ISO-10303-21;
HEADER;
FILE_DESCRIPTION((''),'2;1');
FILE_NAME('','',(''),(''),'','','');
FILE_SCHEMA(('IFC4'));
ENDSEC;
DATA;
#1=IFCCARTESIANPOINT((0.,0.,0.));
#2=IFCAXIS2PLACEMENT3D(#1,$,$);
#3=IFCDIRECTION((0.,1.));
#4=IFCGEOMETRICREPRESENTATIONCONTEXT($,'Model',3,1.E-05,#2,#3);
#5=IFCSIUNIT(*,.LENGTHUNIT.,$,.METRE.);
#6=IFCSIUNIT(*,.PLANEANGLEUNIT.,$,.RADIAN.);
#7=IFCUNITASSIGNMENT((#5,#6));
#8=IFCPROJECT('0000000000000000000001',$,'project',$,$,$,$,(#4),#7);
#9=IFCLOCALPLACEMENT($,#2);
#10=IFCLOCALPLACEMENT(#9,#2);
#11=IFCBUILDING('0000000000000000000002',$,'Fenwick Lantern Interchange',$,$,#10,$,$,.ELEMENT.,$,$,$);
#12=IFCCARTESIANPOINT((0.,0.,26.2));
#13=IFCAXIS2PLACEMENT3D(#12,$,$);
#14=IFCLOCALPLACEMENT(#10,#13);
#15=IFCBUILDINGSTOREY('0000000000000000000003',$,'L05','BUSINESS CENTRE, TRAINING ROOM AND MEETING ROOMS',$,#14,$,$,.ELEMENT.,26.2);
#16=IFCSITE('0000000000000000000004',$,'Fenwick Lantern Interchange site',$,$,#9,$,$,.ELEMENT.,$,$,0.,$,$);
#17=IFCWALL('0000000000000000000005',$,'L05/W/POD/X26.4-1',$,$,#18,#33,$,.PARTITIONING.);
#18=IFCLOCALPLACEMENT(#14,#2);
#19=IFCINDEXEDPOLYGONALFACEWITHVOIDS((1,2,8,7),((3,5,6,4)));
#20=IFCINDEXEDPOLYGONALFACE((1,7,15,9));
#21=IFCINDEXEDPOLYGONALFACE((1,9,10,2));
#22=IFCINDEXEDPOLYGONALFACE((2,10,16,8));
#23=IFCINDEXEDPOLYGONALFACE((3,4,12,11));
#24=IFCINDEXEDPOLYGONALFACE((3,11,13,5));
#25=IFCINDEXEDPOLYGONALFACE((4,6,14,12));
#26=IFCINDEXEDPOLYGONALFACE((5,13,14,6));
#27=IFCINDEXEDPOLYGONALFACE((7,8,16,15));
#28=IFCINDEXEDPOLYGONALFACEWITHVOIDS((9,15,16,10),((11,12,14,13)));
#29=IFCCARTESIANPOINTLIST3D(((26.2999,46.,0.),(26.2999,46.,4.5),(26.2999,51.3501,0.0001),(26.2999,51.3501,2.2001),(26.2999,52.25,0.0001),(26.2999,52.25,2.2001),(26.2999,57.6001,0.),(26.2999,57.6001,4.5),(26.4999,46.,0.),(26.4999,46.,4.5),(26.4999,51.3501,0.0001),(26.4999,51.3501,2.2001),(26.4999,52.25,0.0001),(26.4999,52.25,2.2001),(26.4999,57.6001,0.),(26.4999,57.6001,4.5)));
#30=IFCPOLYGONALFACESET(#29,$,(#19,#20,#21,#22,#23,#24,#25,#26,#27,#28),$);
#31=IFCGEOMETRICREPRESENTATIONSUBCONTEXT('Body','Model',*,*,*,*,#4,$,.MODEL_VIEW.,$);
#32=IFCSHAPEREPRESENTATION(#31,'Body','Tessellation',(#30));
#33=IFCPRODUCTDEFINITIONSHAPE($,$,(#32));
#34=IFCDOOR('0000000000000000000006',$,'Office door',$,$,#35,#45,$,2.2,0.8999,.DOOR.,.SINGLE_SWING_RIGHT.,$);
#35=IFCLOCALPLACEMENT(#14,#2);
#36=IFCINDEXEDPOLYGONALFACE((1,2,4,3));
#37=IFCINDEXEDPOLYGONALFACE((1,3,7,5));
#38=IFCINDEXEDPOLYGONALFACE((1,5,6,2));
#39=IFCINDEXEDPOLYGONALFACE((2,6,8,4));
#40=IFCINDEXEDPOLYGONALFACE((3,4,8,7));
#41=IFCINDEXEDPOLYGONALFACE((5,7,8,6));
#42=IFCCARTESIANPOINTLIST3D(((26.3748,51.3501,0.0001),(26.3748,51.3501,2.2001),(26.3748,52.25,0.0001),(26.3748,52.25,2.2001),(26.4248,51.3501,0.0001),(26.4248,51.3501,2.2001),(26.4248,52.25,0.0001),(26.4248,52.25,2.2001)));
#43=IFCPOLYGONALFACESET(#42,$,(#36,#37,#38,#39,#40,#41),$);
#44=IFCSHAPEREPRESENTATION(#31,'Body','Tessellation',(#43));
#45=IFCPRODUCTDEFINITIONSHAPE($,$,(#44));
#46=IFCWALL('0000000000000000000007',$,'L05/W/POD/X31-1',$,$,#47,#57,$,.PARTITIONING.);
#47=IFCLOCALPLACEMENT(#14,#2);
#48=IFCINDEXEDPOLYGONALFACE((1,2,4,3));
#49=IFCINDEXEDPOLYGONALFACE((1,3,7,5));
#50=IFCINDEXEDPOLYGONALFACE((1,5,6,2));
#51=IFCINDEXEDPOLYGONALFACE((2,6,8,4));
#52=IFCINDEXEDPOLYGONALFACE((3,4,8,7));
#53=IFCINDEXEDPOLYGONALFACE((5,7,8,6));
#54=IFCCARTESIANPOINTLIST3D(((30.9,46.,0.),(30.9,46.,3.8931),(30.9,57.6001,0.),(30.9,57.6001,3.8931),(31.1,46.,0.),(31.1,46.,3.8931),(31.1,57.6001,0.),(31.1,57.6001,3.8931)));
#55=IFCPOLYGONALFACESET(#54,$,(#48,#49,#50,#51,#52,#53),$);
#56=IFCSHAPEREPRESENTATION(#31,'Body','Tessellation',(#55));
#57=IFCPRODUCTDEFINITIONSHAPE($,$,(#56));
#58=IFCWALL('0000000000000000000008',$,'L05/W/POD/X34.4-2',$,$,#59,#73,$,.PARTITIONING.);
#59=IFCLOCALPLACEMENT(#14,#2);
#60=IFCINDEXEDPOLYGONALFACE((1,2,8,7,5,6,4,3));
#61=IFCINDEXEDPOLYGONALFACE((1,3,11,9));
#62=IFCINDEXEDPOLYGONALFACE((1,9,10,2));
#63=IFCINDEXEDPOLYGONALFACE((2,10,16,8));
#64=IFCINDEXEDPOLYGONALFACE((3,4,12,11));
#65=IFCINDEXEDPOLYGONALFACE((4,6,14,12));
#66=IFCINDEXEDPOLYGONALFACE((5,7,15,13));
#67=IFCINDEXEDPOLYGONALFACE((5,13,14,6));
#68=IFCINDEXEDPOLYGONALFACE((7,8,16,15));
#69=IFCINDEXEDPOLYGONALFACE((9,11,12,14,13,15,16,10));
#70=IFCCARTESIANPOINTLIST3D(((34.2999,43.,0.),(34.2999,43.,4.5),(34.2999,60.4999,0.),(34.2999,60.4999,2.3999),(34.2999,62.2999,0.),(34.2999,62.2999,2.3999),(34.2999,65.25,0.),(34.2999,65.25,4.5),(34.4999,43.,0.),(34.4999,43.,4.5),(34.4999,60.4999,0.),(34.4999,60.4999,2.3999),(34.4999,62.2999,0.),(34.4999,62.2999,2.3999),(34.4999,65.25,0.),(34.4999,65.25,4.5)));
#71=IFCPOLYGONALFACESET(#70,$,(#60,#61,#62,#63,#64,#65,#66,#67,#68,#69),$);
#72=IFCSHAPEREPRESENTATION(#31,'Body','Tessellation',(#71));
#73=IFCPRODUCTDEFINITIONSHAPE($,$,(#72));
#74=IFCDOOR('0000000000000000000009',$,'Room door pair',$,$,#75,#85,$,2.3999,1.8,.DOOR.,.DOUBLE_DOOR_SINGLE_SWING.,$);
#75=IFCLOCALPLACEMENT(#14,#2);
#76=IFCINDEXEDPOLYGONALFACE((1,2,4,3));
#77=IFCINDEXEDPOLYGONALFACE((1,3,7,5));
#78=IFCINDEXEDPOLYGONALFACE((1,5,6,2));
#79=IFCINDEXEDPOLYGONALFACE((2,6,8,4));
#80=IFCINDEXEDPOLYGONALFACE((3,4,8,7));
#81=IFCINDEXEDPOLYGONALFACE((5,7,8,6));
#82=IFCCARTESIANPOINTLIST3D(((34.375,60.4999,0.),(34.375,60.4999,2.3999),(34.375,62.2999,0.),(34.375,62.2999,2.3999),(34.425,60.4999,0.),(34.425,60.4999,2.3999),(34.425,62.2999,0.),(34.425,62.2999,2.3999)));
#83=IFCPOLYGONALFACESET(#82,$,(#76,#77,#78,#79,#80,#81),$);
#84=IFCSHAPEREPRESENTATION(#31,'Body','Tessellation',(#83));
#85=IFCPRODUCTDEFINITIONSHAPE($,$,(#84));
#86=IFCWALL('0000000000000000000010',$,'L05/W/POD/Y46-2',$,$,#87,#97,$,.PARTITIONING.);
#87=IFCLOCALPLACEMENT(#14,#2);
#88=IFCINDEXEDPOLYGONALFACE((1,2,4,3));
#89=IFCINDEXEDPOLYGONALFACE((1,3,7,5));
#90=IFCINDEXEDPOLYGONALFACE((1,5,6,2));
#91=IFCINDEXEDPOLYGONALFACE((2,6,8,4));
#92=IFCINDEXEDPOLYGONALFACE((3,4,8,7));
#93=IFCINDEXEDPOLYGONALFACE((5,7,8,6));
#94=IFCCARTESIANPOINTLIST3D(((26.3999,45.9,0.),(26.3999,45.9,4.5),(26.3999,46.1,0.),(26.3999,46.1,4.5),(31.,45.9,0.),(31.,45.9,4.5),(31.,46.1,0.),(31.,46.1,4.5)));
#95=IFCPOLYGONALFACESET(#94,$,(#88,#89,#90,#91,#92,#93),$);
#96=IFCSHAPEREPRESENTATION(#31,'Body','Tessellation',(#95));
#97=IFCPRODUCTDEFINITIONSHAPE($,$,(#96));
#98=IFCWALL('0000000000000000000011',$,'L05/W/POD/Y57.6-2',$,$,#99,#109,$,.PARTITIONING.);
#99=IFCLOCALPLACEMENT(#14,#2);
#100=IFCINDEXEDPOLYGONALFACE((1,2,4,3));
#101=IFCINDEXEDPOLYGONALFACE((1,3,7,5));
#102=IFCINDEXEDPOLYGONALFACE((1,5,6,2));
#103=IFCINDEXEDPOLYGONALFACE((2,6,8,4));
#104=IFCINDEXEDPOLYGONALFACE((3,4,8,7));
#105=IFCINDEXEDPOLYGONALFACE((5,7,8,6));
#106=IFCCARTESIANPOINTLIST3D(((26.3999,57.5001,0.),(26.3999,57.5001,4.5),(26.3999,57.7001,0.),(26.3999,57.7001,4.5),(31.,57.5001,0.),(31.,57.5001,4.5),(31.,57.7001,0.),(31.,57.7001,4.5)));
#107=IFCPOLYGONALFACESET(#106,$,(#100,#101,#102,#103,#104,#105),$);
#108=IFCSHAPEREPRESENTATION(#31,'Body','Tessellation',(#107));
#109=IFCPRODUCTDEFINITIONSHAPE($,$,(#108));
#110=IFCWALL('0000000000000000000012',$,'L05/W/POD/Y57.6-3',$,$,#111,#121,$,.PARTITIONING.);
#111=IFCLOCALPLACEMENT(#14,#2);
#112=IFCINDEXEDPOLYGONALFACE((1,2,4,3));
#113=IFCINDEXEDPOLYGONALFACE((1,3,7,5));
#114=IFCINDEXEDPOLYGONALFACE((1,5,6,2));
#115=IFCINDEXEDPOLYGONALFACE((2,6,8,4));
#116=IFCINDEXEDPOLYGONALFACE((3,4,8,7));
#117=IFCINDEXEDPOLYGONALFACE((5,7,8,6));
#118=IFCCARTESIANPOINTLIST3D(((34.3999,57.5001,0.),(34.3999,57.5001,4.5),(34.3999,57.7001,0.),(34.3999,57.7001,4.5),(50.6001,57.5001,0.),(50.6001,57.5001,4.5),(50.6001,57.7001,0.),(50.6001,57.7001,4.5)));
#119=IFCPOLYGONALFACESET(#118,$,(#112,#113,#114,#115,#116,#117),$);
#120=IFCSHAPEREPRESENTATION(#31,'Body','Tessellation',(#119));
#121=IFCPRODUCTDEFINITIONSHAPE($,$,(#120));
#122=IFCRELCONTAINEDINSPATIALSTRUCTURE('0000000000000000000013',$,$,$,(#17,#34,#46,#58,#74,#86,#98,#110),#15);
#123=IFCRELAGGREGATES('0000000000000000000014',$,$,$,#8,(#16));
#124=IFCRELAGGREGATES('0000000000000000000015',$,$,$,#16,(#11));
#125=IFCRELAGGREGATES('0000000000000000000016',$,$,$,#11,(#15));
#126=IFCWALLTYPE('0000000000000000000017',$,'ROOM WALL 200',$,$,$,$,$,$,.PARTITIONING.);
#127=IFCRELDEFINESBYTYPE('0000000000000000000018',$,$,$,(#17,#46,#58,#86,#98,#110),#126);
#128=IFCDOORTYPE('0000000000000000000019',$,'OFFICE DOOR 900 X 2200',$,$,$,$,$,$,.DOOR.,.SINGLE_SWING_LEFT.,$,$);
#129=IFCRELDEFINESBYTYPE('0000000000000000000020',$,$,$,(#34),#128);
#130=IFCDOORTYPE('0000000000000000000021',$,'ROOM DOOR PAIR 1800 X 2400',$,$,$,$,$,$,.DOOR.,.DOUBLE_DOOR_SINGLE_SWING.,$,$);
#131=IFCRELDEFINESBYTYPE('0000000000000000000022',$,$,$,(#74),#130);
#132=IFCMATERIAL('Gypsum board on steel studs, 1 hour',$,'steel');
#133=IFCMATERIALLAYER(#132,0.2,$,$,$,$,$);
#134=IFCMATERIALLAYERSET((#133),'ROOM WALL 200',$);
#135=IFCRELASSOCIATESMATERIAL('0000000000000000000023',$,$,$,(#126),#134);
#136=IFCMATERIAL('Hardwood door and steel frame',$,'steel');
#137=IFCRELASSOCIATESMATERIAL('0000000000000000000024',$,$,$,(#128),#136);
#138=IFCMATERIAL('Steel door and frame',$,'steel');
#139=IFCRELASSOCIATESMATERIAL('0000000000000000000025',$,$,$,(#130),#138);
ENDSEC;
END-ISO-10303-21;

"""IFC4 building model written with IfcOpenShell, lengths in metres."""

from ifc_helpers import new_model, si_unit, direction, frame, frame_2d, origin, place, context, subcontext, project, spatial, rectangle, extrude, material, layer, layer_set, type_object, element, fill, save


model = new_model("IFC4")

# Units and contexts
model_context = context("Model", 3, precision=1e-05, world=origin(), true_north=direction((0.0, 1.0)))
body_context = subcontext(model_context, "Body", "Model", "MODEL_VIEW")
ifc_project = project(units=[si_unit("LENGTHUNIT", "METRE"), si_unit("PLANEANGLEUNIT", "RADIAN")], contexts=[model_context])

# Site, building, storey
site_placement = place(None, origin())
site = spatial("IfcSite", under=ifc_project, at=site_placement, Name="Fenwick Lantern Interchange site", CompositionType="ELEMENT", RefElevation=0.0)
building_placement = place(site_placement, origin())
building = spatial("IfcBuilding", under=site, at=building_placement, Name="Fenwick Lantern Interchange", CompositionType="ELEMENT")
storey_placement = place(building_placement, frame((0.0, 0.0, 26.2)))
storey = spatial("IfcBuildingStorey", under=building, at=storey_placement, Name="L05", Description="BUSINESS CENTRE, TRAINING ROOM AND MEETING ROOMS", CompositionType="ELEMENT", Elevation=26.2)

# Wall, opening, door
ifc_material_1 = material(Name="Gypsum board on steel studs, 1 hour", Category="steel")
ifc_layer = layer(ifc_material_1, 0.2)
ifc_layer_set = layer_set([ifc_layer], Name="ROOM WALL 200")
wall_type = type_object("IfcWallType", Name="ROOM WALL 200", PredefinedType="PARTITIONING", material=ifc_layer_set)
wall_1_placement = place(storey_placement, frame((26.3999, 46.0, 0.0), z_axis=(0.0, 0.0, 1.0), x_axis=(0.0, 1.0, 0.0)))
wall_1 = element("IfcWall", 1, at=wall_1_placement, inside=storey, type_object=wall_type, Name="L05/W/POD/X26.4-1", PredefinedType="PARTITIONING", context=body_context, shape_type="SweptSolid", body=[
    extrude(rectangle(XDim=11.6001, YDim=0.2, at=frame_2d((5.8, 0.0))), origin(), (0.0, 0.0, 1.0), 4.5),
])
opening_1_placement = place(wall_1_placement, frame((5.3501, 0.0, 0.0)))
opening_1 = element("IfcOpeningElement", 2, at=opening_1_placement, cuts=wall_1, PredefinedType="OPENING", context=body_context, shape_type="SweptSolid", body=[
    extrude(rectangle(XDim=0.8999, YDim=2.2, at=frame_2d((0.45, 1.1001))), frame((0.0, 0.1099, 0.0), z_axis=(0.0, -1.0, 0.0), x_axis=(1.0, 0.0, 0.0)), (0.0, 0.0, 1.0), 0.22),
])
ifc_material_2 = material(Name="Hardwood door and steel frame", Category="steel")
door_type_1 = type_object("IfcDoorType", Name="OFFICE DOOR 900 X 2200", OperationType="SINGLE_SWING_LEFT", PredefinedType="DOOR", material=ifc_material_2)
door_1_placement = place(opening_1_placement, frame((0.8999, 0.0, 0.0), z_axis=(0.0, 0.0, 1.0), x_axis=(-1.0, 0.0, 0.0)))
door_1 = element("IfcDoor", 3, at=door_1_placement, inside=storey, type_object=door_type_1, Name="Office door", OperationType="SINGLE_SWING_RIGHT", OverallHeight=2.2, OverallWidth=0.8999, PredefinedType="DOOR", context=body_context, shape_type="SweptSolid", body=[
    extrude(rectangle(XDim=0.8999, YDim=2.2, at=frame_2d((0.45, 1.1001))), frame((0.0, 0.0249, 0.0), z_axis=(0.0, -1.0, 0.0), x_axis=(1.0, 0.0, 0.0)), (0.0, 0.0, 1.0), 0.05),
])
fill(opening_1, door_1)

# Wall
wall_2_placement = place(storey_placement, frame((31.0, 46.0, 0.0), z_axis=(0.0, 0.0, 1.0), x_axis=(0.0, 1.0, 0.0)))
element("IfcWall", 4, at=wall_2_placement, inside=storey, type_object=wall_type, Name="L05/W/POD/X31-1", PredefinedType="PARTITIONING", context=body_context, shape_type="SweptSolid", body=[
    extrude(rectangle(XDim=11.6001, YDim=0.2, at=frame_2d((5.8, 0.0))), origin(), (0.0, 0.0, 1.0), 3.8931),
])

# Wall, opening, door
wall_3_placement = place(storey_placement, frame((34.3999, 43.0, 0.0), z_axis=(0.0, 0.0, 1.0), x_axis=(0.0, 1.0, 0.0)))
wall_3 = element("IfcWall", 5, at=wall_3_placement, inside=storey, type_object=wall_type, Name="L05/W/POD/X34.4-2", PredefinedType="PARTITIONING", context=body_context, shape_type="SweptSolid", body=[
    extrude(rectangle(XDim=22.25, YDim=0.2, at=frame_2d((11.125, 0.0))), origin(), (0.0, 0.0, 1.0), 4.5),
])
opening_2_placement = place(wall_3_placement, frame((17.5, 0.0, 0.0)))
opening_2 = element("IfcOpeningElement", 6, at=opening_2_placement, cuts=wall_3, PredefinedType="OPENING", context=body_context, shape_type="SweptSolid", body=[
    extrude(rectangle(XDim=1.8, YDim=2.3999, at=frame_2d((0.8999, 1.2))), frame((0.0, 0.1099, 0.0), z_axis=(0.0, -1.0, 0.0), x_axis=(1.0, 0.0, 0.0)), (0.0, 0.0, 1.0), 0.22),
])
ifc_material_3 = material(Name="Steel door and frame", Category="steel")
door_type_2 = type_object("IfcDoorType", Name="ROOM DOOR PAIR 1800 X 2400", OperationType="DOUBLE_DOOR_SINGLE_SWING", PredefinedType="DOOR", material=ifc_material_3)
door_2_placement = place(opening_2_placement, origin())
door_2 = element("IfcDoor", 7, at=door_2_placement, inside=storey, type_object=door_type_2, Name="Room door pair", OperationType="DOUBLE_DOOR_SINGLE_SWING", OverallHeight=2.3999, OverallWidth=1.8, PredefinedType="DOOR", context=body_context, shape_type="SweptSolid", body=[
    extrude(rectangle(XDim=1.8, YDim=2.3999, at=frame_2d((0.8999, 1.2))), frame((0.0, 0.0249, 0.0), z_axis=(0.0, -1.0, 0.0), x_axis=(1.0, 0.0, 0.0)), (0.0, 0.0, 1.0), 0.05),
])
fill(opening_2, door_2)

# Walls
for number, where, z_axis, x_axis, name in (
    (8, (26.3999, 46.0, 0.0), (0.0, 0.0, 1.0), (1.0, 0.0, 0.0), "L05/W/POD/Y46-2"),
    (9, (26.3999, 57.6001, 0.0), (0.0, 0.0, 1.0), (1.0, 0.0, 0.0), "L05/W/POD/Y57.6-2"),
):
    element("IfcWall", number, at=place(storey_placement, frame(where, z_axis=z_axis, x_axis=x_axis)), inside=storey, type_object=wall_type, Name=name, PredefinedType="PARTITIONING", context=body_context, shape_type="SweptSolid", body=[
        extrude(rectangle(XDim=4.6001, YDim=0.2, at=frame_2d((2.3, 0.0))), origin(), (0.0, 0.0, 1.0), 4.5),
    ])
wall_4_placement = place(storey_placement, frame((34.3999, 57.6001, 0.0), z_axis=(0.0, 0.0, 1.0), x_axis=(1.0, 0.0, 0.0)))
element("IfcWall", 10, at=wall_4_placement, inside=storey, type_object=wall_type, Name="L05/W/POD/Y57.6-3", PredefinedType="PARTITIONING", context=body_context, shape_type="SweptSolid", body=[
    extrude(rectangle(XDim=16.2002, YDim=0.2, at=frame_2d((8.1001, 0.0))), origin(), (0.0, 0.0, 1.0), 4.5),
])

save(model, "model.ifc")
